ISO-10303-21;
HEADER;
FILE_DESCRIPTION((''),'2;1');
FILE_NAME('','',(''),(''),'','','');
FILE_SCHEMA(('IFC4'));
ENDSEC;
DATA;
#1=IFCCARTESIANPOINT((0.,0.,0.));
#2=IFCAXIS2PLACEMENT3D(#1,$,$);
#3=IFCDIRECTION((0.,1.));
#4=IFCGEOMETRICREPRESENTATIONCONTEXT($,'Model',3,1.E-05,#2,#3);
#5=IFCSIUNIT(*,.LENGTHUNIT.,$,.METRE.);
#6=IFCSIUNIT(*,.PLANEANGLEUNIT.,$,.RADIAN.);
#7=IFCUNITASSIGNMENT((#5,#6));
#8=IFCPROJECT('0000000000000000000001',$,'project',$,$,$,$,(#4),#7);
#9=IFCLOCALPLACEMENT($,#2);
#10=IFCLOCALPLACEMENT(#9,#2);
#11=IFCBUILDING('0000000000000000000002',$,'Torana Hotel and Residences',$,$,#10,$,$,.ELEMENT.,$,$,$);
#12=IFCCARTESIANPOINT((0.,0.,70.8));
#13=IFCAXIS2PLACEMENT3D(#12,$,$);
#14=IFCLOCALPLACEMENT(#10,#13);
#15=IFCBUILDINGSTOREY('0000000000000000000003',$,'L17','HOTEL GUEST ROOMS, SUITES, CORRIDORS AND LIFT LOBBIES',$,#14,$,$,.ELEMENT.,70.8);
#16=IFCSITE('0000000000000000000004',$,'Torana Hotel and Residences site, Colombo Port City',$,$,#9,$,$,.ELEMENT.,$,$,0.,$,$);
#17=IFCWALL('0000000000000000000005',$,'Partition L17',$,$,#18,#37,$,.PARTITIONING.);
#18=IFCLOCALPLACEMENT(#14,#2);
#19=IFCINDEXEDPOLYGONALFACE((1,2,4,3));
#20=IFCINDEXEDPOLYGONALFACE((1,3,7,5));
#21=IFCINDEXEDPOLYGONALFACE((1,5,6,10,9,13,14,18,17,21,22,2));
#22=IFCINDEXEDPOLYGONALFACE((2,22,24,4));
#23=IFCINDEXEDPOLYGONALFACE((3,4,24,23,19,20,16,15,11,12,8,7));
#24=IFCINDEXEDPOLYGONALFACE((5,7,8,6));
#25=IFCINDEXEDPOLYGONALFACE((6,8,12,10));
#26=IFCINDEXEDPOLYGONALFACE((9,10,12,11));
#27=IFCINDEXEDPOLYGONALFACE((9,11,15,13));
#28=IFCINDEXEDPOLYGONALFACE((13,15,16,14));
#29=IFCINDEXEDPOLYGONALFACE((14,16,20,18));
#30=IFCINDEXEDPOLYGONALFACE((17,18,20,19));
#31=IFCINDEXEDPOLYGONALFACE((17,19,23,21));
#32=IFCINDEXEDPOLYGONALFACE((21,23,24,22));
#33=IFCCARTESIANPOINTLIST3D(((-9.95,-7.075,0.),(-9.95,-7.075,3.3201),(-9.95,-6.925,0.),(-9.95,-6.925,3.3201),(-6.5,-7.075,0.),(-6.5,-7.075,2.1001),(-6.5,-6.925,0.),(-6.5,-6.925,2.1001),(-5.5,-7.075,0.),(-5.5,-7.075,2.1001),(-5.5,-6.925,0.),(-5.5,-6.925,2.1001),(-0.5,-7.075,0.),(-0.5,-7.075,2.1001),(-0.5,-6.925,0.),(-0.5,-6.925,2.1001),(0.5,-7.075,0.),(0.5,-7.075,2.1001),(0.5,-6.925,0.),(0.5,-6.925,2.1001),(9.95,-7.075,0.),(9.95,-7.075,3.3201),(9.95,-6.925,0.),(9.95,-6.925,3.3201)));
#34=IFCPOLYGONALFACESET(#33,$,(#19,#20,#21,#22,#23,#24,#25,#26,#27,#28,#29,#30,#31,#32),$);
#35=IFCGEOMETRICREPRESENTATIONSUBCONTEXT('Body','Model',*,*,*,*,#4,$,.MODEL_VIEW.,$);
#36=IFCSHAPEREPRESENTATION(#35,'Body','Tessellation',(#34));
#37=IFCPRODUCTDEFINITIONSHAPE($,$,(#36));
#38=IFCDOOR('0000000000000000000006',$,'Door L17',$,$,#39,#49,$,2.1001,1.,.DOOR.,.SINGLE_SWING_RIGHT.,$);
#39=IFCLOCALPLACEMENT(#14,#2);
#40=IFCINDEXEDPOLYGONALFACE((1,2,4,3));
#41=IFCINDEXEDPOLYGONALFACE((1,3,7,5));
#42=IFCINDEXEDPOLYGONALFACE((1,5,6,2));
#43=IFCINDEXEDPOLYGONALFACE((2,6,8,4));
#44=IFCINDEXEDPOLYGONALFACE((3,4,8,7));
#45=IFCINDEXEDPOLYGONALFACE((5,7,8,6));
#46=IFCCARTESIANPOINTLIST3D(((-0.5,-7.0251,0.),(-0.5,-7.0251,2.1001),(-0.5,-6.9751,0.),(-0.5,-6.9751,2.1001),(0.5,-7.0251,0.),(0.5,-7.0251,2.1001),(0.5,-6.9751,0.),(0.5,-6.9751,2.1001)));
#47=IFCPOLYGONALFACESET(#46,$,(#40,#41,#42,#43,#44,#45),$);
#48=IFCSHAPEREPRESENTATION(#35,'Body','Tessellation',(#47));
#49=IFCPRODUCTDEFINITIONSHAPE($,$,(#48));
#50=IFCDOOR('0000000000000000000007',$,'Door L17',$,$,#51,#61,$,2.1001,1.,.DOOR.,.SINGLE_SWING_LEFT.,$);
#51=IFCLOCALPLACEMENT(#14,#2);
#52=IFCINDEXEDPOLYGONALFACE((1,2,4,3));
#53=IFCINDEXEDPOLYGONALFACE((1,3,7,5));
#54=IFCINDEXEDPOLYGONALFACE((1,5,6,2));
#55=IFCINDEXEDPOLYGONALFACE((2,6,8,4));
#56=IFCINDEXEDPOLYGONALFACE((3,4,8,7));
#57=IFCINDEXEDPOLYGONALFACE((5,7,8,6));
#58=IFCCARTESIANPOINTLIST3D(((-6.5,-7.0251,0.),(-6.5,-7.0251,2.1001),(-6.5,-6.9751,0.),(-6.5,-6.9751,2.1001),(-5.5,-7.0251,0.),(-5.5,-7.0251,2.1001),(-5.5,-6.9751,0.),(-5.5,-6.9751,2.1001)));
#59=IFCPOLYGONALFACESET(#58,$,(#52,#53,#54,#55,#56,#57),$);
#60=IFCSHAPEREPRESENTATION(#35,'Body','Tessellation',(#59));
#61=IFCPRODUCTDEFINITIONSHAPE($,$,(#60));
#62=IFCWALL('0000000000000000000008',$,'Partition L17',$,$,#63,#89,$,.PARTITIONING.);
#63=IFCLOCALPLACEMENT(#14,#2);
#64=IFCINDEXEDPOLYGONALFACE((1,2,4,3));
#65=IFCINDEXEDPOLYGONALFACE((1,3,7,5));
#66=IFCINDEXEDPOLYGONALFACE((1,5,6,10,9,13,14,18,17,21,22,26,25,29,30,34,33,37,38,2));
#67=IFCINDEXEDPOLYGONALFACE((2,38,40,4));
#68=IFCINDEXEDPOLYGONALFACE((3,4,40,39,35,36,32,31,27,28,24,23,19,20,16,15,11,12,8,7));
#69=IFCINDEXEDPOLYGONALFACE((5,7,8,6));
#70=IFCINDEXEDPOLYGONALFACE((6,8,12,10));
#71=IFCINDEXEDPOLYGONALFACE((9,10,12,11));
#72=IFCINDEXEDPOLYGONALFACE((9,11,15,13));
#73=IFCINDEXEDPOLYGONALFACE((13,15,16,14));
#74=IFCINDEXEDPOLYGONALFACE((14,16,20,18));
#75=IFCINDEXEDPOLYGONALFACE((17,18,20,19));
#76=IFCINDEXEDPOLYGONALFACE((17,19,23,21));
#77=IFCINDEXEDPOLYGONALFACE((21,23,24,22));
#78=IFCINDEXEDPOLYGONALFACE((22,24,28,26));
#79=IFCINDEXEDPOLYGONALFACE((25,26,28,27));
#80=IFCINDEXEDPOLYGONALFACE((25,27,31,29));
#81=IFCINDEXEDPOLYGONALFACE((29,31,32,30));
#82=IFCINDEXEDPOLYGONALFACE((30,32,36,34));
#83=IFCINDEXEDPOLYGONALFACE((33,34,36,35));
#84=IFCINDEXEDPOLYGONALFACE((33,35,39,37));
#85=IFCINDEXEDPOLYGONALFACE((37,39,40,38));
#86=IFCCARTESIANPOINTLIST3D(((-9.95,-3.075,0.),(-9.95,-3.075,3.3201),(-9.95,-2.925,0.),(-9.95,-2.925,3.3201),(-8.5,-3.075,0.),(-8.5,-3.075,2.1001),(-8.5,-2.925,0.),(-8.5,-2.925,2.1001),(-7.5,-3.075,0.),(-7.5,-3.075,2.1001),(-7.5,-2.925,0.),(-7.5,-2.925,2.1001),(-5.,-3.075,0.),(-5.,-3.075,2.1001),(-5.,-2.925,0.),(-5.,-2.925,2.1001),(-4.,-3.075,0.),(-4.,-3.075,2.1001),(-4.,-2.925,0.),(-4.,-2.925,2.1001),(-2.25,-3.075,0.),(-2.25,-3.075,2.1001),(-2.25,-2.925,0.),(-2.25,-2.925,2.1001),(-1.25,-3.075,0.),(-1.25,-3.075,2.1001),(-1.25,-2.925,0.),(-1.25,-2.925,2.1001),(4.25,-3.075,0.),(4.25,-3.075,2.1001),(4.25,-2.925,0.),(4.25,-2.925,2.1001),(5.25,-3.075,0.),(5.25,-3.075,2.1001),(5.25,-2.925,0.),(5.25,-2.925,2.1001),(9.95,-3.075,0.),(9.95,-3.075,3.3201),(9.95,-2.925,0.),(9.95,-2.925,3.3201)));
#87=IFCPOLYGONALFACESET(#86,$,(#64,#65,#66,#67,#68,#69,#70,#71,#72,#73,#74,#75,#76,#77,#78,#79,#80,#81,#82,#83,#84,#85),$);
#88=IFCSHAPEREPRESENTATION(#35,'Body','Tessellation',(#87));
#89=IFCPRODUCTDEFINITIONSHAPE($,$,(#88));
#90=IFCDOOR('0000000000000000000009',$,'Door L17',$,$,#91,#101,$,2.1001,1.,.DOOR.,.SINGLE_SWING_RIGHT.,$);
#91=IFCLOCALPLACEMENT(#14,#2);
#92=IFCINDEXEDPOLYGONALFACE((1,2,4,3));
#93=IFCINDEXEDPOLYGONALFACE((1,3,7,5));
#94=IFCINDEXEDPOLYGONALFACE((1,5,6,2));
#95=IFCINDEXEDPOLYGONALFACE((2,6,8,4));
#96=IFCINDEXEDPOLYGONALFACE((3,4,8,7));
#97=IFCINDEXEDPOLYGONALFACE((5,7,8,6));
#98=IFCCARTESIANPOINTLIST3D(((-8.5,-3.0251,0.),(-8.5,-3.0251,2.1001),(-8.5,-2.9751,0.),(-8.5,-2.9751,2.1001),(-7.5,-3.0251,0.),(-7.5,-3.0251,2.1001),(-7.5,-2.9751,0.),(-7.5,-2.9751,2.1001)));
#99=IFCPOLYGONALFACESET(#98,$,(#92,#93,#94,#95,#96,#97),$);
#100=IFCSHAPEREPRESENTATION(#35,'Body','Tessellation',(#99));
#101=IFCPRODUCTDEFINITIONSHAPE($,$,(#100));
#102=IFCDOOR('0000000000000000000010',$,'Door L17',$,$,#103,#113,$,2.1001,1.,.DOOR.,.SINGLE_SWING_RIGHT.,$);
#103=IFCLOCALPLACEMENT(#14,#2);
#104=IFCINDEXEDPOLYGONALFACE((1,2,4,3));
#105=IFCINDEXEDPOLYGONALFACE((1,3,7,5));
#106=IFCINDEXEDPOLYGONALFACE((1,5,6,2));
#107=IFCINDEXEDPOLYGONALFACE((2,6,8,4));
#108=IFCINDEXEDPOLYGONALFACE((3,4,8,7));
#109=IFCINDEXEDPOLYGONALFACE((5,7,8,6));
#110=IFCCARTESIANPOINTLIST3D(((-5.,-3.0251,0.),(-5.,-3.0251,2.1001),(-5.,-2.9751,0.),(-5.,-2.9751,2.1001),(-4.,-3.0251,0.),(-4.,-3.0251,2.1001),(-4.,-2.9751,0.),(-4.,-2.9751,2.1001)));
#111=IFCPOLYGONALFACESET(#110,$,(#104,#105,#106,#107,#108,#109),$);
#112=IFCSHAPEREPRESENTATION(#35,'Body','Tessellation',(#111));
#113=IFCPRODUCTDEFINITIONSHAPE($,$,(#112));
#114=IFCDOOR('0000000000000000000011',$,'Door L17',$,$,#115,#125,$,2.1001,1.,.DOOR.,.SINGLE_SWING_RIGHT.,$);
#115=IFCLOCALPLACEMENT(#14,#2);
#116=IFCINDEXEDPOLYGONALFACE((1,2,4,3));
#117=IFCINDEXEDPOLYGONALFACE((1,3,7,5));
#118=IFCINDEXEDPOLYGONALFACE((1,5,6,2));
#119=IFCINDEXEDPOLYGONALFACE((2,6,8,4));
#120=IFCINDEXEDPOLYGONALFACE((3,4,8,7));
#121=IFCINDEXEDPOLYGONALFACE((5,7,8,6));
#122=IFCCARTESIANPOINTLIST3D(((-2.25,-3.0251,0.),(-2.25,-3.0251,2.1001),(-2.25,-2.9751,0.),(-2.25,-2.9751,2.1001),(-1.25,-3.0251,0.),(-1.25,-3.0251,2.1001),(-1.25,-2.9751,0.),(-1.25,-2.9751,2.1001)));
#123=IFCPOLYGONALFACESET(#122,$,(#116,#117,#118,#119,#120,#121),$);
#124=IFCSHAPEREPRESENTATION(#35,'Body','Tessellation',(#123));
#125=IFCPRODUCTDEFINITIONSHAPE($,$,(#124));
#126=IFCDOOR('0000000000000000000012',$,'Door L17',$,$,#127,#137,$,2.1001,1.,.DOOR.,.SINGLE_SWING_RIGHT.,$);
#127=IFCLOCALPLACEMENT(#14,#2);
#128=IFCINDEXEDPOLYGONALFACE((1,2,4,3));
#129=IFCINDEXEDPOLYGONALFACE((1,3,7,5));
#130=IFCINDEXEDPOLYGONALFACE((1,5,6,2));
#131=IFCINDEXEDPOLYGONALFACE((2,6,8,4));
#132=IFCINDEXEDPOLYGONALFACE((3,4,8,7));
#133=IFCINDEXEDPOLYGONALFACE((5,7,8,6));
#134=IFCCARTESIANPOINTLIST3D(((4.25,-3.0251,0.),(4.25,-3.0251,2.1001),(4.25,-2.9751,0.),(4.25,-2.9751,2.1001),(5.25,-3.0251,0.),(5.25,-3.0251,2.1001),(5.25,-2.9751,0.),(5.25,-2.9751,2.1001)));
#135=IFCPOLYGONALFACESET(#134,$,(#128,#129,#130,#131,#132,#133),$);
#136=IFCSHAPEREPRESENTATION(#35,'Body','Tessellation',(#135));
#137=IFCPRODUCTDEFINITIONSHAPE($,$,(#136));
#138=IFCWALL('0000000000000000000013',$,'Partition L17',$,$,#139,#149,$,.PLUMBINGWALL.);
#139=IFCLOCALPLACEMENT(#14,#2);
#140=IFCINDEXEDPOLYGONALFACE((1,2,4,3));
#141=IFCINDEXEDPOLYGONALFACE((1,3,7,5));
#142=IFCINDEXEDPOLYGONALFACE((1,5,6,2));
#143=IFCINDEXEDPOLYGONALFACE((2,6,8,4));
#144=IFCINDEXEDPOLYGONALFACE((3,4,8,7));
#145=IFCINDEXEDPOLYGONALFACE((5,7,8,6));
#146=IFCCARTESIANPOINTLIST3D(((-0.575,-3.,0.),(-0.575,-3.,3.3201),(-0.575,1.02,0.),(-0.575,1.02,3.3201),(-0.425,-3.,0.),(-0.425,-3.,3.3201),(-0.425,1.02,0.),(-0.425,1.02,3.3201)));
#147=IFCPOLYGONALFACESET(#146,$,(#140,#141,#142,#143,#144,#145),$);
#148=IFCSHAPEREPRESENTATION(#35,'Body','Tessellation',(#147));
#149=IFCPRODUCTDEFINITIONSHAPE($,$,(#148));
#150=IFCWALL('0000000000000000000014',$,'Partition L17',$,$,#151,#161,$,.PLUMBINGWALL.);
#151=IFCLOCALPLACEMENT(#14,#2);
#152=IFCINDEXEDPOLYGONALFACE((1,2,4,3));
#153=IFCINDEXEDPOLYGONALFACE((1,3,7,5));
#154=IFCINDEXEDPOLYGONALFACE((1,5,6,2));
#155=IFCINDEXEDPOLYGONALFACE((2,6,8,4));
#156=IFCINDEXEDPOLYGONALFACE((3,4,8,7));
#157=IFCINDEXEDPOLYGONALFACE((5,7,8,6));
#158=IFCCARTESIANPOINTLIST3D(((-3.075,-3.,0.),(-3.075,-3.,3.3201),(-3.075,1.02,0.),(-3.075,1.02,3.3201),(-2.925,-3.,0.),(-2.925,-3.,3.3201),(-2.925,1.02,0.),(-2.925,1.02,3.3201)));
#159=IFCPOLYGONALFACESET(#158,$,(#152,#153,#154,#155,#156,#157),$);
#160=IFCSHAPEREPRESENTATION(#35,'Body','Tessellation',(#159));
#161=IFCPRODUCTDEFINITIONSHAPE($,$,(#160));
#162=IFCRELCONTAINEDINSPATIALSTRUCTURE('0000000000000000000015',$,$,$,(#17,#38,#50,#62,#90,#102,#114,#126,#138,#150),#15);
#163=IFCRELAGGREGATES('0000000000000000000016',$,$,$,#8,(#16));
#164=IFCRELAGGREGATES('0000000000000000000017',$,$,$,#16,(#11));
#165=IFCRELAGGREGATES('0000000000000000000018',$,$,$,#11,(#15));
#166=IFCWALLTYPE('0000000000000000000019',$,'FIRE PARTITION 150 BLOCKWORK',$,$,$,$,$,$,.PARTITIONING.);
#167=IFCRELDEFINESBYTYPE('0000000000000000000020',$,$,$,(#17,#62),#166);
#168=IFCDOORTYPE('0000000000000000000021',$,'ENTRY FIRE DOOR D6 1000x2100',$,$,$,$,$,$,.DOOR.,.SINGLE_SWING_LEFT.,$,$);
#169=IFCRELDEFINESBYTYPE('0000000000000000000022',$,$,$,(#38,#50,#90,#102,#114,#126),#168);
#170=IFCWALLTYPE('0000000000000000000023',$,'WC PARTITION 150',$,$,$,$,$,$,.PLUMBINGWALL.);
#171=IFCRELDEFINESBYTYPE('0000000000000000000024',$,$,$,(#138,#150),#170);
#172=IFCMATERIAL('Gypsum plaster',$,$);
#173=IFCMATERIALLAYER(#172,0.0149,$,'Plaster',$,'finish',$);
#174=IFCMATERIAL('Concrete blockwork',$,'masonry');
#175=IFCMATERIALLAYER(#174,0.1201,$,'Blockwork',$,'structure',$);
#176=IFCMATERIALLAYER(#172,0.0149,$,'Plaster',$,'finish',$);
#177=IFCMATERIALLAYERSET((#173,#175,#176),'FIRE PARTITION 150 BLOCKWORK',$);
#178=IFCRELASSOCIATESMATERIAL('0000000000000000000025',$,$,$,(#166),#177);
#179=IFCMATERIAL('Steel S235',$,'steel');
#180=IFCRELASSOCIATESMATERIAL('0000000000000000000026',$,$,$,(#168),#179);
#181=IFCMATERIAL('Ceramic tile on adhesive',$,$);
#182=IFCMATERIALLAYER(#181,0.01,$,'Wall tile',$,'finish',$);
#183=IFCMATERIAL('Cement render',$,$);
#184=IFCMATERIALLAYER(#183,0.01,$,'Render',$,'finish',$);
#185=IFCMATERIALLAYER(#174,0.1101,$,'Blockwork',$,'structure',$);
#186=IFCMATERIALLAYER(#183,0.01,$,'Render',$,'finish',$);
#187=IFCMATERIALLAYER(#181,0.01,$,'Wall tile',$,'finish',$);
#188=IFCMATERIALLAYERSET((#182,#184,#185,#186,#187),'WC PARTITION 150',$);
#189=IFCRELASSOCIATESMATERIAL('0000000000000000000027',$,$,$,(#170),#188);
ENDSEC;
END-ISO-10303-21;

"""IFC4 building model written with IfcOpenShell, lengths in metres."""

from ifc_helpers import new_model, si_unit, direction, frame, frame_2d, origin, place, context, subcontext, project, spatial, rectangle, extrude, material, layer, layer_set, type_object, element, fill, save


model = new_model("IFC4")

# Units and contexts
model_context = context("Model", 3, precision=1e-05, world=origin(), true_north=direction((0.0, 1.0)))
body_context = subcontext(model_context, "Body", "Model", "MODEL_VIEW")
ifc_project = project(units=[si_unit("LENGTHUNIT", "METRE"), si_unit("PLANEANGLEUNIT", "RADIAN")], contexts=[model_context])

# Site, building, storey
site_placement = place(None, origin())
site = spatial("IfcSite", under=ifc_project, at=site_placement, Name="Torana Hotel and Residences site, Colombo Port City", CompositionType="ELEMENT", RefElevation=0.0)
building_placement = place(site_placement, origin())
building = spatial("IfcBuilding", under=site, at=building_placement, Name="Torana Hotel and Residences", CompositionType="ELEMENT")
storey_placement = place(building_placement, frame((0.0, 0.0, 70.8)))
storey = spatial("IfcBuildingStorey", under=building, at=storey_placement, Name="L17", Description="HOTEL GUEST ROOMS, SUITES, CORRIDORS AND LIFT LOBBIES", CompositionType="ELEMENT", Elevation=70.8)

# Shared definitions
ifc_material_1 = material(Name="Gypsum plaster")
ifc_layer_1 = layer(ifc_material_1, 0.0149, Name="Plaster", Category="finish")
ifc_material_2 = material(Name="Concrete blockwork", Category="masonry")
ifc_layer_2 = layer(ifc_material_2, 0.1201, Name="Blockwork", Category="structure")
ifc_layer_3 = layer(ifc_material_1, 0.0149, Name="Plaster", Category="finish")
ifc_layer_set_1 = layer_set([ifc_layer_1, ifc_layer_2, ifc_layer_3], Name="FIRE PARTITION 150 BLOCKWORK")
wall_type_1 = type_object("IfcWallType", Name="FIRE PARTITION 150 BLOCKWORK", PredefinedType="PARTITIONING", material=ifc_layer_set_1)

# Walls, openings, doors
wall_1_placement = place(storey_placement, frame((-9.95, -7.0, 0.0), z_axis=(0.0, 0.0, 1.0), x_axis=(1.0, 0.0, 0.0)))
wall_1 = element("IfcWall", 1, at=wall_1_placement, inside=storey, type_object=wall_type_1, Name="Partition L17", PredefinedType="PARTITIONING", context=body_context, shape_type="SweptSolid", body=[
    extrude(rectangle(XDim=19.8999, YDim=0.1499, at=frame_2d((9.95, 0.0))), origin(), (0.0, 0.0, 1.0), 3.3201),
])
opening_1_placement = place(wall_1_placement, frame((9.45, 0.0, 0.0)))
opening_1 = element("IfcOpeningElement", 2, at=opening_1_placement, cuts=wall_1, PredefinedType="OPENING", context=body_context, shape_type="SweptSolid", body=[
    extrude(rectangle(XDim=1.0, YDim=2.1001, at=frame_2d((0.5, 1.05))), frame((0.0, 0.085, 0.0), z_axis=(0.0, -1.0, 0.0), x_axis=(1.0, 0.0, 0.0)), (0.0, 0.0, 1.0), 0.1699),
])
opening_2_placement = place(wall_1_placement, frame((3.45, 0.0, 0.0)))
opening_2 = element("IfcOpeningElement", 3, at=opening_2_placement, cuts=wall_1, PredefinedType="OPENING", context=body_context, shape_type="SweptSolid", body=[
    extrude(rectangle(XDim=1.0, YDim=2.1001, at=frame_2d((0.5, 1.05))), frame((0.0, 0.085, 0.0), z_axis=(0.0, -1.0, 0.0), x_axis=(1.0, 0.0, 0.0)), (0.0, 0.0, 1.0), 0.1699),
])
ifc_material_3 = material(Name="Steel S235", Category="steel")
door_type = type_object("IfcDoorType", Name="ENTRY FIRE DOOR D6 1000x2100", OperationType="SINGLE_SWING_LEFT", PredefinedType="DOOR", material=ifc_material_3)
door_1_placement = place(opening_1_placement, origin())
door_1 = element("IfcDoor", 4, at=door_1_placement, inside=storey, type_object=door_type, Name="Door L17", OperationType="SINGLE_SWING_RIGHT", OverallHeight=2.1001, OverallWidth=1.0, PredefinedType="DOOR", context=body_context, shape_type="SweptSolid", body=[
    extrude(rectangle(XDim=1.0, YDim=2.1001, at=frame_2d((0.5, 1.05))), frame((0.0, 0.0249, 0.0), z_axis=(0.0, -1.0, 0.0), x_axis=(1.0, 0.0, 0.0)), (0.0, 0.0, 1.0), 0.05),
])
fill(opening_1, door_1)
door_2_placement = place(opening_2_placement, frame((0.5, 0.0, 0.0), z_axis=(0.0, 0.0, 1.0), x_axis=(-1.0, 0.0, 0.0)))
door_2 = element("IfcDoor", 5, at=door_2_placement, inside=storey, type_object=door_type, Name="Door L17", OperationType="SINGLE_SWING_LEFT", OverallHeight=2.1001, OverallWidth=1.0, PredefinedType="DOOR", context=body_context, shape_type="SweptSolid", body=[
    extrude(rectangle(XDim=1.0, YDim=2.1001, at=frame_2d((0.0, 1.05))), frame((0.0, -0.0249, 0.0), z_axis=(0.0, 1.0, 0.0), x_axis=(-1.0, 0.0, 0.0)), (0.0, 0.0, 1.0), 0.05),
])
fill(opening_2, door_2)
wall_2_placement = place(storey_placement, frame((-9.95, -3.0, 0.0), z_axis=(0.0, 0.0, 1.0), x_axis=(1.0, 0.0, 0.0)))
wall_2 = element("IfcWall", 6, at=wall_2_placement, inside=storey, type_object=wall_type_1, Name="Partition L17", PredefinedType="PARTITIONING", context=body_context, shape_type="SweptSolid", body=[
    extrude(rectangle(XDim=19.8999, YDim=0.1499, at=frame_2d((9.95, 0.0))), origin(), (0.0, 0.0, 1.0), 3.3201),
])
opening_3_placement = place(wall_2_placement, frame((1.45, 0.0, 0.0)))
opening_3 = element("IfcOpeningElement", 7, at=opening_3_placement, cuts=wall_2, PredefinedType="OPENING", context=body_context, shape_type="SweptSolid", body=[
    extrude(rectangle(XDim=1.0, YDim=2.1001, at=frame_2d((0.5, 1.05))), frame((0.0, 0.085, 0.0), z_axis=(0.0, -1.0, 0.0), x_axis=(1.0, 0.0, 0.0)), (0.0, 0.0, 1.0), 0.1699),
])
opening_4_placement = place(wall_2_placement, frame((4.95, 0.0, 0.0)))
opening_4 = element("IfcOpeningElement", 8, at=opening_4_placement, cuts=wall_2, PredefinedType="OPENING", context=body_context, shape_type="SweptSolid", body=[
    extrude(rectangle(XDim=1.0, YDim=2.1001, at=frame_2d((0.5, 1.05))), frame((0.0, 0.085, 0.0), z_axis=(0.0, -1.0, 0.0), x_axis=(1.0, 0.0, 0.0)), (0.0, 0.0, 1.0), 0.1699),
])
opening_5_placement = place(wall_2_placement, frame((7.7, 0.0, 0.0)))
opening_5 = element("IfcOpeningElement", 9, at=opening_5_placement, cuts=wall_2, PredefinedType="OPENING", context=body_context, shape_type="SweptSolid", body=[
    extrude(rectangle(XDim=1.0, YDim=2.1001, at=frame_2d((0.5, 1.05))), frame((0.0, 0.085, 0.0), z_axis=(0.0, -1.0, 0.0), x_axis=(1.0, 0.0, 0.0)), (0.0, 0.0, 1.0), 0.1699),
])
opening_6_placement = place(wall_2_placement, frame((14.2, 0.0, 0.0)))
opening_6 = element("IfcOpeningElement", 10, at=opening_6_placement, cuts=wall_2, PredefinedType="OPENING", context=body_context, shape_type="SweptSolid", body=[
    extrude(rectangle(XDim=1.0, YDim=2.1001, at=frame_2d((0.5, 1.05))), frame((0.0, 0.085, 0.0), z_axis=(0.0, -1.0, 0.0), x_axis=(1.0, 0.0, 0.0)), (0.0, 0.0, 1.0), 0.1699),
])
door_3_placement = place(opening_3_placement, origin())
door_3 = element("IfcDoor", 11, at=door_3_placement, inside=storey, type_object=door_type, Name="Door L17", OperationType="SINGLE_SWING_RIGHT", OverallHeight=2.1001, OverallWidth=1.0, PredefinedType="DOOR", context=body_context, shape_type="SweptSolid", body=[
    extrude(rectangle(XDim=1.0, YDim=2.1001, at=frame_2d((0.5, 1.05))), frame((0.0, 0.0249, 0.0), z_axis=(0.0, -1.0, 0.0), x_axis=(1.0, 0.0, 0.0)), (0.0, 0.0, 1.0), 0.05),
])
fill(opening_3, door_3)
door_4_placement = place(opening_4_placement, origin())
door_4 = element("IfcDoor", 12, at=door_4_placement, inside=storey, type_object=door_type, Name="Door L17", OperationType="SINGLE_SWING_RIGHT", OverallHeight=2.1001, OverallWidth=1.0, PredefinedType="DOOR", context=body_context, shape_type="SweptSolid", body=[
    extrude(rectangle(XDim=1.0, YDim=2.1001, at=frame_2d((0.5, 1.05))), frame((0.0, 0.0249, 0.0), z_axis=(0.0, -1.0, 0.0), x_axis=(1.0, 0.0, 0.0)), (0.0, 0.0, 1.0), 0.05),
])
fill(opening_4, door_4)
door_5_placement = place(opening_5_placement, origin())
door_5 = element("IfcDoor", 13, at=door_5_placement, inside=storey, type_object=door_type, Name="Door L17", OperationType="SINGLE_SWING_RIGHT", OverallHeight=2.1001, OverallWidth=1.0, PredefinedType="DOOR", context=body_context, shape_type="SweptSolid", body=[
    extrude(rectangle(XDim=1.0, YDim=2.1001, at=frame_2d((0.5, 1.05))), frame((0.0, 0.0249, 0.0), z_axis=(0.0, -1.0, 0.0), x_axis=(1.0, 0.0, 0.0)), (0.0, 0.0, 1.0), 0.05),
])
fill(opening_5, door_5)
door_6_placement = place(opening_6_placement, origin())
door_6 = element("IfcDoor", 14, at=door_6_placement, inside=storey, type_object=door_type, Name="Door L17", OperationType="SINGLE_SWING_RIGHT", OverallHeight=2.1001, OverallWidth=1.0, PredefinedType="DOOR", context=body_context, shape_type="SweptSolid", body=[
    extrude(rectangle(XDim=1.0, YDim=2.1001, at=frame_2d((0.5, 1.05))), frame((0.0, 0.0249, 0.0), z_axis=(0.0, -1.0, 0.0), x_axis=(1.0, 0.0, 0.0)), (0.0, 0.0, 1.0), 0.05),
])
fill(opening_6, door_6)

# Walls
ifc_material_4 = material(Name="Ceramic tile on adhesive")
ifc_layer_4 = layer(ifc_material_4, 0.01, Name="Wall tile", Category="finish")
ifc_material_5 = material(Name="Cement render")
ifc_layer_5 = layer(ifc_material_5, 0.01, Name="Render", Category="finish")
ifc_layer_6 = layer(ifc_material_2, 0.1101, Name="Blockwork", Category="structure")
ifc_layer_7 = layer(ifc_material_5, 0.01, Name="Render", Category="finish")
ifc_layer_8 = layer(ifc_material_4, 0.01, Name="Wall tile", Category="finish")
ifc_layer_set_2 = layer_set([ifc_layer_4, ifc_layer_5, ifc_layer_6, ifc_layer_7, ifc_layer_8], Name="WC PARTITION 150")
wall_type_2 = type_object("IfcWallType", Name="WC PARTITION 150", PredefinedType="PLUMBINGWALL", material=ifc_layer_set_2)
for number, where, z_axis, x_axis, name in (
    (15, (-0.5, -3.0, 0.0), (0.0, 0.0, 1.0), (0.0, 1.0, 0.0), "Partition L17"),
    (16, (-3.0, -3.0, 0.0), (0.0, 0.0, 1.0), (0.0, 1.0, 0.0), "Partition L17"),
):
    element("IfcWall", number, at=place(storey_placement, frame(where, z_axis=z_axis, x_axis=x_axis)), inside=storey, type_object=wall_type_2, Name=name, PredefinedType="PLUMBINGWALL", context=body_context, shape_type="SweptSolid", body=[
        extrude(rectangle(XDim=4.02, YDim=0.1499, at=frame_2d((2.01, 0.0))), origin(), (0.0, 0.0, 1.0), 3.3201),
    ])

save(model, "model.ifc")
